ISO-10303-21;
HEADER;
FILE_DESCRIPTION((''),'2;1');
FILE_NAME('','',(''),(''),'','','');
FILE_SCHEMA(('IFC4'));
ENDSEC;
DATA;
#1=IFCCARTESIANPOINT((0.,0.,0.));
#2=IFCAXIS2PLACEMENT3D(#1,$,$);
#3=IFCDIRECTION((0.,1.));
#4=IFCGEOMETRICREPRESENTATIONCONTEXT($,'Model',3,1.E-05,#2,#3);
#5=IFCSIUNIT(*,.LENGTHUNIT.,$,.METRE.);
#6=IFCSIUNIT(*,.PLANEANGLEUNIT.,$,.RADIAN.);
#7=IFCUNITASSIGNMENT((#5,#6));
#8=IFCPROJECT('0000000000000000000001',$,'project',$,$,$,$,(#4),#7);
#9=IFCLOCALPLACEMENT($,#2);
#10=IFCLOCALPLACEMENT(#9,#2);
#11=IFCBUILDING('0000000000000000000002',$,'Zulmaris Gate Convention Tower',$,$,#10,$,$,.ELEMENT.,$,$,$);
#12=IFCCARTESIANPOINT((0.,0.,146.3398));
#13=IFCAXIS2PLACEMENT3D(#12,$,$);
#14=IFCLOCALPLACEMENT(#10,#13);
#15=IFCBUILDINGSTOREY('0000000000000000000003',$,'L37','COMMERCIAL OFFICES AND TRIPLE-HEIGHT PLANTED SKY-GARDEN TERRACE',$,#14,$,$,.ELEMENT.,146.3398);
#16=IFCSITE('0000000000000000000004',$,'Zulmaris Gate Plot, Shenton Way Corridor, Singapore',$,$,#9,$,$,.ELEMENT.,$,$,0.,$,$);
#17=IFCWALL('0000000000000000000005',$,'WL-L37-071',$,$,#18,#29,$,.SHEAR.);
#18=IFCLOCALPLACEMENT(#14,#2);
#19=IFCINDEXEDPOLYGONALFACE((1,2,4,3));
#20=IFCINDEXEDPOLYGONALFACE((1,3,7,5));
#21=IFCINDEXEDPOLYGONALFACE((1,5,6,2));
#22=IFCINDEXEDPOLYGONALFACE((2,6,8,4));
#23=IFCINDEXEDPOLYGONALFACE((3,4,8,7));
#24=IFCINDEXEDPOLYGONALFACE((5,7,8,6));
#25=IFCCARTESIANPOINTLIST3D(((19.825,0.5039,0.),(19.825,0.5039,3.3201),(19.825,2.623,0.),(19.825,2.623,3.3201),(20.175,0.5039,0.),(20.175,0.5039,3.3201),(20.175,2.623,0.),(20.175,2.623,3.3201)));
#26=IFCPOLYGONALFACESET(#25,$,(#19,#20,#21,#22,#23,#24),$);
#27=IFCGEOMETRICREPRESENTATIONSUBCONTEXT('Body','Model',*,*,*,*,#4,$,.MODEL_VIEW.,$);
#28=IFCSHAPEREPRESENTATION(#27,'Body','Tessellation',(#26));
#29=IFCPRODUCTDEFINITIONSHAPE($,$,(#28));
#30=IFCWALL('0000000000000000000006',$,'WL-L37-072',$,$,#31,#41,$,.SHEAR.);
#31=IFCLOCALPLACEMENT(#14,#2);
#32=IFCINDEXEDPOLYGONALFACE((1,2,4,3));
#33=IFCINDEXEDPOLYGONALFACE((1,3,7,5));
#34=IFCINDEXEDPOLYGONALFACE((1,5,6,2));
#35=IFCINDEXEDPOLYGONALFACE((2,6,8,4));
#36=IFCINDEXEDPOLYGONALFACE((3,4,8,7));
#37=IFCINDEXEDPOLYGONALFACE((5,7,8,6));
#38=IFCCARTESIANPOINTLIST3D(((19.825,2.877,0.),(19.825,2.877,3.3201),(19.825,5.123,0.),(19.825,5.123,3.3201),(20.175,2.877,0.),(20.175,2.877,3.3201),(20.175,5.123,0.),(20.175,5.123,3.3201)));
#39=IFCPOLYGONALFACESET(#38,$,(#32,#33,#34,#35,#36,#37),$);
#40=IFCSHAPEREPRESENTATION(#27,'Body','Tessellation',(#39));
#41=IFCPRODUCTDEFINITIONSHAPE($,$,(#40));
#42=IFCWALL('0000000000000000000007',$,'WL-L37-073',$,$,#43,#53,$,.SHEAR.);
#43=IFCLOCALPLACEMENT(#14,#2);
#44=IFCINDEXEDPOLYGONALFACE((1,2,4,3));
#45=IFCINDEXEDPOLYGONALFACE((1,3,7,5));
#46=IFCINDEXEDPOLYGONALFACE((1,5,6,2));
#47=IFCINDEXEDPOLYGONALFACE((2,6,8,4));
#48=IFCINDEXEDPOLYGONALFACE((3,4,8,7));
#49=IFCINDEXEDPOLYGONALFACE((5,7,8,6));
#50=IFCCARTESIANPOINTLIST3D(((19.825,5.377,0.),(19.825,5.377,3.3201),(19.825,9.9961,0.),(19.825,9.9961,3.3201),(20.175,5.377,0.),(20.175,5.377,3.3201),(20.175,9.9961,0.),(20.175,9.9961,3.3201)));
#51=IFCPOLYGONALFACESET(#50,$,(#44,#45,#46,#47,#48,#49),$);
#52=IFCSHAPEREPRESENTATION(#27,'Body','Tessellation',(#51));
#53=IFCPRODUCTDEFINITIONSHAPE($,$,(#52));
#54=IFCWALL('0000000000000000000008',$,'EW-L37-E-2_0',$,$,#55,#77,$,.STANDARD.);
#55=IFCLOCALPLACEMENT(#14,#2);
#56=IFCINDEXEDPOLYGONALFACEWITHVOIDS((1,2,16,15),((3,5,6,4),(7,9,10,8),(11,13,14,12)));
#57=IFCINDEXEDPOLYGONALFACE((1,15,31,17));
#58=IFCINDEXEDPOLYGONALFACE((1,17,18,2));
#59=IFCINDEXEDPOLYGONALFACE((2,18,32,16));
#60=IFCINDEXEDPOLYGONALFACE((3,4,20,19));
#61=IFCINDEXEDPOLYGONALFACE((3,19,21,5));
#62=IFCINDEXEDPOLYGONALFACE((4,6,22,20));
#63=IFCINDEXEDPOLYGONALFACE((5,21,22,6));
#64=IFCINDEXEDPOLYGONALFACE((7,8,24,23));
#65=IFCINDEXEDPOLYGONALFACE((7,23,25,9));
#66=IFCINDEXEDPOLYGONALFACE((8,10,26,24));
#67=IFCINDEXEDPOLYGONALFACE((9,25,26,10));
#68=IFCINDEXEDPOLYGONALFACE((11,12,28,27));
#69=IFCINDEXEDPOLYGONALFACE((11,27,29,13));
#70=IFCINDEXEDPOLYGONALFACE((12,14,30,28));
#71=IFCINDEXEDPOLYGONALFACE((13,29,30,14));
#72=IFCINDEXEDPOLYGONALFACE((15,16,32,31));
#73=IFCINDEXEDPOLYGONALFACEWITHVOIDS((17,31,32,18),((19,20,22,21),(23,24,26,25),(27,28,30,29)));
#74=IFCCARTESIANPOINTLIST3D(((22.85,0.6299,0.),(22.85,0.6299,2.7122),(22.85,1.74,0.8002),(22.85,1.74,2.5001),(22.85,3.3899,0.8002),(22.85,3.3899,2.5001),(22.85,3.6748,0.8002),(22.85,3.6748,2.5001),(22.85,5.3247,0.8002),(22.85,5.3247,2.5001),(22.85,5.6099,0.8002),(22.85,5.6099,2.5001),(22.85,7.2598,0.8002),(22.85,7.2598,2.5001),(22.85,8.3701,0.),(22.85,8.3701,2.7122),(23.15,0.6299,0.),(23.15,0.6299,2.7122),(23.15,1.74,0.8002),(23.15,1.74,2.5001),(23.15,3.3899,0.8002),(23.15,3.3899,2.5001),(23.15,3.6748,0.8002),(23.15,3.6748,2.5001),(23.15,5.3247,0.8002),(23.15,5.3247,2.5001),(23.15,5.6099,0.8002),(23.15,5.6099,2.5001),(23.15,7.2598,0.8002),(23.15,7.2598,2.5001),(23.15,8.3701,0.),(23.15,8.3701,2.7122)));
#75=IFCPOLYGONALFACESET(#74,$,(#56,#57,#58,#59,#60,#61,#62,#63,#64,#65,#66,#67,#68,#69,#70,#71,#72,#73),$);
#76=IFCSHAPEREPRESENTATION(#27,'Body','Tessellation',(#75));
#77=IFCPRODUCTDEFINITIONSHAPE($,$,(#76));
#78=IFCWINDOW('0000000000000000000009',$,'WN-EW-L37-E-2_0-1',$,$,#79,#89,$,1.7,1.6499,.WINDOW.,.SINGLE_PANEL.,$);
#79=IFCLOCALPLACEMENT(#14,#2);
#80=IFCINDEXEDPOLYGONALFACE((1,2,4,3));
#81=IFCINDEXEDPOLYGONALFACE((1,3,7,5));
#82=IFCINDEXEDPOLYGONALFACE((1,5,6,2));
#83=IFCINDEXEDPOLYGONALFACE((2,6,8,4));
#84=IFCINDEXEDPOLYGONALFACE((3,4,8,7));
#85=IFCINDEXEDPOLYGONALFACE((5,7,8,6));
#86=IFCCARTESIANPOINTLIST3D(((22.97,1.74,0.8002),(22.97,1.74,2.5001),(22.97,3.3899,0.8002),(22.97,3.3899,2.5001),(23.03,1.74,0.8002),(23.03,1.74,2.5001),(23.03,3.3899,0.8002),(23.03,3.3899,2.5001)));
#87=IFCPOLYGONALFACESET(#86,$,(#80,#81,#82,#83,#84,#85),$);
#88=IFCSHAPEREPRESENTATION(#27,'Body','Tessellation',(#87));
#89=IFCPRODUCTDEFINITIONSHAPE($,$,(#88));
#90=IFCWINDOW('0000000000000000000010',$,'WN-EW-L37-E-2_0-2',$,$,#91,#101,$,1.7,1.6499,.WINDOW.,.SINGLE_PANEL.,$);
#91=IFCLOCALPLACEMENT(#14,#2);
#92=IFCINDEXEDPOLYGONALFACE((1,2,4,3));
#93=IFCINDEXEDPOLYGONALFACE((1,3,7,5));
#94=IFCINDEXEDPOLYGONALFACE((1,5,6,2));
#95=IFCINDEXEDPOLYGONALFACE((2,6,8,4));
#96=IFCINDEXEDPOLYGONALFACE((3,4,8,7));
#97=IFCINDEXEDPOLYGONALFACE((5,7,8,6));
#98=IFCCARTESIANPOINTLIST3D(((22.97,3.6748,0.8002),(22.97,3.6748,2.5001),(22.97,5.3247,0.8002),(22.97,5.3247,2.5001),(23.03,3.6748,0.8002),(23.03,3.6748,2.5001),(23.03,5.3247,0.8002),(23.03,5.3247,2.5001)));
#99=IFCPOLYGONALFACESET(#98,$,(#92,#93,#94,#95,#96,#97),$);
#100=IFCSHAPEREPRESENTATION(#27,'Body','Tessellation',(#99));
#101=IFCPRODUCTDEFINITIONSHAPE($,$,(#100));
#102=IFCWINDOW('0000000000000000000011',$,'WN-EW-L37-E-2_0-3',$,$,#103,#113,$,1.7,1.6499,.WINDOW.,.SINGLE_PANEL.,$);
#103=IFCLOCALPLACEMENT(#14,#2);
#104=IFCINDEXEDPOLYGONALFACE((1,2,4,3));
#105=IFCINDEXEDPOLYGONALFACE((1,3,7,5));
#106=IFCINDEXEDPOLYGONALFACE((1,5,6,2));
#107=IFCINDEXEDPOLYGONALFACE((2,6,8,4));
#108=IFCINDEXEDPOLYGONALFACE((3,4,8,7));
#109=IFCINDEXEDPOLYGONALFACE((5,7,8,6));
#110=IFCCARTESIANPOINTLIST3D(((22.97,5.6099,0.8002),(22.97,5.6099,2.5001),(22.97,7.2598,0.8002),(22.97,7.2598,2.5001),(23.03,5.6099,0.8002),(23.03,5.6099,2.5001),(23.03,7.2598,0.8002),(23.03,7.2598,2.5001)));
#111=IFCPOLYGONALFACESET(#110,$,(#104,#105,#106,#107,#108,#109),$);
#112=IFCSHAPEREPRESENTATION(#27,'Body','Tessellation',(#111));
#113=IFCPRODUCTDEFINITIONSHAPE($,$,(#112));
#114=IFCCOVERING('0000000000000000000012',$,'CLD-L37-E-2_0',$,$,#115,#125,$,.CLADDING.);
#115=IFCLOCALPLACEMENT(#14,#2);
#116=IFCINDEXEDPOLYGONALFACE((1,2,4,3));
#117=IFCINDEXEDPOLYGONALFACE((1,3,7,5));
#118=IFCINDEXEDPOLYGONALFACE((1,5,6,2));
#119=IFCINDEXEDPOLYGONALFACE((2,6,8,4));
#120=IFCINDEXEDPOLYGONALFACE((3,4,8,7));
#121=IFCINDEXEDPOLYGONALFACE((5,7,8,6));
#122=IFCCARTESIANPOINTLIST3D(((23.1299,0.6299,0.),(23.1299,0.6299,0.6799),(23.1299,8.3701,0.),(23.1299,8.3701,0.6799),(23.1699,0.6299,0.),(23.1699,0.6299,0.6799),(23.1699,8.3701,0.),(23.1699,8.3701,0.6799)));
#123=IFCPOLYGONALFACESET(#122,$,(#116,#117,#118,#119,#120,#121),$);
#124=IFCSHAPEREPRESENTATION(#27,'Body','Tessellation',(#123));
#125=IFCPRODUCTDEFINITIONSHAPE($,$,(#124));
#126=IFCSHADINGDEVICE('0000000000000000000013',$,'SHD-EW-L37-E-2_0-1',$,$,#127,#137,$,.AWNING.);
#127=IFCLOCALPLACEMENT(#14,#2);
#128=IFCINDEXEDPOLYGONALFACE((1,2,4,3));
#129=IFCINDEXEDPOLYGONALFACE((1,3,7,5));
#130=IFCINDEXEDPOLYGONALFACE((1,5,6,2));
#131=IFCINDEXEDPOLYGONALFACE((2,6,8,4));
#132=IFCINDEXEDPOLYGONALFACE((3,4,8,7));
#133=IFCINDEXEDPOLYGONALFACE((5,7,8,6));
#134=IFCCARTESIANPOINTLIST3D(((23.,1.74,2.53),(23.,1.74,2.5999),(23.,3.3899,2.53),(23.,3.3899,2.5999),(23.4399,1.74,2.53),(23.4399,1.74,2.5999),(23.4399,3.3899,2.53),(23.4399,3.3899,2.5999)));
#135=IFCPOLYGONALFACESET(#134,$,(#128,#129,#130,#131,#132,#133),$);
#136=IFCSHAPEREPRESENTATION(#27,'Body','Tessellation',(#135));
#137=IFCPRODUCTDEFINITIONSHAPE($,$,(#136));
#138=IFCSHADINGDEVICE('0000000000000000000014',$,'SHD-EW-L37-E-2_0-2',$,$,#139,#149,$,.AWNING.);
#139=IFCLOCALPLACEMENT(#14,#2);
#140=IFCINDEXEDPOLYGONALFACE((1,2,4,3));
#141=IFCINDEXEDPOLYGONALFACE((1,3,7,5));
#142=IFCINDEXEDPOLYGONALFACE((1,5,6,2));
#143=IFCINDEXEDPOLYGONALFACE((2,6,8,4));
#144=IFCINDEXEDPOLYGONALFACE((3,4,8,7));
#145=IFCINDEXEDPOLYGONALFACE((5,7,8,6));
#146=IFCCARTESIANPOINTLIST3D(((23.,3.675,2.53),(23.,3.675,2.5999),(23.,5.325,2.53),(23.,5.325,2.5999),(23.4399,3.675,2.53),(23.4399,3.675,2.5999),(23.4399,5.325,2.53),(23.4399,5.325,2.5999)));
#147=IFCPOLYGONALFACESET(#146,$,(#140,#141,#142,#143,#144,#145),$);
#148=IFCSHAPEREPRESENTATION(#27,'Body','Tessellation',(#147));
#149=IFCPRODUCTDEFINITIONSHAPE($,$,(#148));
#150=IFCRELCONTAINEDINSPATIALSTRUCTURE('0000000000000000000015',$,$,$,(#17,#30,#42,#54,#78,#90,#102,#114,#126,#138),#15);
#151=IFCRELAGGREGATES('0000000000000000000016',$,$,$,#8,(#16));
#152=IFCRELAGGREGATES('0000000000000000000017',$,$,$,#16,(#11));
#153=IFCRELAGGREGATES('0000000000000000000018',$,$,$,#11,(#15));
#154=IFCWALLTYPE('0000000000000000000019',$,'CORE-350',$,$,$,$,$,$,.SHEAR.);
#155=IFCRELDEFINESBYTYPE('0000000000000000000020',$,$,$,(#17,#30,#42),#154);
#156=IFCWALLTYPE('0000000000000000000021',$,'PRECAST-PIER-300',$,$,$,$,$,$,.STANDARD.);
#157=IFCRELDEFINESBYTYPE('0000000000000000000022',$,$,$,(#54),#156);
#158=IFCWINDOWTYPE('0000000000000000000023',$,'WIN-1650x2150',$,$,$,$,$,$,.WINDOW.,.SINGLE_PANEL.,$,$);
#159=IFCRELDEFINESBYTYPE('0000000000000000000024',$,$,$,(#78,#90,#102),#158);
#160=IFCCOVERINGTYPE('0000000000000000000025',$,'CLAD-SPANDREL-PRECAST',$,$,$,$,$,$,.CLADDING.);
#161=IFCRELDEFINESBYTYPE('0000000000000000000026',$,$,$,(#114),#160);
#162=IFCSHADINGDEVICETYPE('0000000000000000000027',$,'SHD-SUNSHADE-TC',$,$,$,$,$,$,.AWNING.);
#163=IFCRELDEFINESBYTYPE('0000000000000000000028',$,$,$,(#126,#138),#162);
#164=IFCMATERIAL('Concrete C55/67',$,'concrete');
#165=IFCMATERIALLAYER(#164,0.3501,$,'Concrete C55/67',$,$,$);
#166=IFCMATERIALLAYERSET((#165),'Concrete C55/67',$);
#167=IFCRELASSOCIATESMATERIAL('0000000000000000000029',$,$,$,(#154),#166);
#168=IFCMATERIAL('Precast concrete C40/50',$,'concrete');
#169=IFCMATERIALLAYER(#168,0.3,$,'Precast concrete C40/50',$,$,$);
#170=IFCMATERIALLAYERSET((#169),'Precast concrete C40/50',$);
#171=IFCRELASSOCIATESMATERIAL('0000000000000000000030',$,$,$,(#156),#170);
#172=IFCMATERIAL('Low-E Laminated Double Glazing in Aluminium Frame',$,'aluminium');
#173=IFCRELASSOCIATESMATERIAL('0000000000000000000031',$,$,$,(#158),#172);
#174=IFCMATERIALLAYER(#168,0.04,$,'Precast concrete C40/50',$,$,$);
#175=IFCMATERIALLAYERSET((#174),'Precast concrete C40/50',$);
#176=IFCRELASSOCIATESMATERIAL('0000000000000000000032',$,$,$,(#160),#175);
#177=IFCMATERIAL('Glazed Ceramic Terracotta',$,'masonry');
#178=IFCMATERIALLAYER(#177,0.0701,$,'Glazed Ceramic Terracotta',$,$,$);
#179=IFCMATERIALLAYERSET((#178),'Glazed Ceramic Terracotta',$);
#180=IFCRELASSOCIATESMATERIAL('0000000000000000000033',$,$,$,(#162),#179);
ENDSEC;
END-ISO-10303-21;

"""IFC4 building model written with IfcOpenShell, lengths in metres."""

from ifc_helpers import new_model, si_unit, direction, frame, frame_2d, origin, place, context, subcontext, project, spatial, rectangle, extrude, material, layer, layer_set, type_object, element, fill, save


model = new_model("IFC4")

# Units and contexts
model_context = context("Model", 3, precision=1e-05, world=origin(), true_north=direction((0.0, 1.0)))
body_context = subcontext(model_context, "Body", "Model", "MODEL_VIEW")
ifc_project = project(units=[si_unit("LENGTHUNIT", "METRE"), si_unit("PLANEANGLEUNIT", "RADIAN")], contexts=[model_context])

# Site, building, storey
site_placement = place(None, origin())
site = spatial("IfcSite", under=ifc_project, at=site_placement, Name="Zulmaris Gate Plot, Shenton Way Corridor, Singapore", CompositionType="ELEMENT", RefElevation=0.0)
building_placement = place(site_placement, origin())
building = spatial("IfcBuilding", under=site, at=building_placement, Name="Zulmaris Gate Convention Tower", CompositionType="ELEMENT")
storey_placement = place(building_placement, frame((0.0, 0.0, 146.3398)))
storey = spatial("IfcBuildingStorey", under=building, at=storey_placement, Name="L37", Description="COMMERCIAL OFFICES AND TRIPLE-HEIGHT PLANTED SKY-GARDEN TERRACE", CompositionType="ELEMENT", Elevation=146.3398)

# Walls
ifc_material_1 = material(Name="Concrete C55/67", Category="concrete")
ifc_layer_1 = layer(ifc_material_1, 0.3501, Name="Concrete C55/67")
ifc_layer_set_1 = layer_set([ifc_layer_1], Name="Concrete C55/67")
wall_type_1 = type_object("IfcWallType", Name="CORE-350", PredefinedType="SHEAR", material=ifc_layer_set_1)
wall_1_placement = place(storey_placement, frame((20.0, 0.5039, 0.0), z_axis=(0.0, 0.0, 1.0), x_axis=(0.0, 1.0, 0.0)))
element("IfcWall", 1, at=wall_1_placement, inside=storey, type_object=wall_type_1, Name="WL-L37-071", PredefinedType="SHEAR", context=body_context, shape_type="SweptSolid", body=[
    extrude(rectangle(XDim=2.1191, YDim=0.3501, at=frame_2d((1.0596, 0.0))), origin(), (0.0, 0.0, 1.0), 3.3201),
])
wall_2_placement = place(storey_placement, frame((20.0, 2.877, 0.0), z_axis=(0.0, 0.0, 1.0), x_axis=(0.0, 1.0, 0.0)))
element("IfcWall", 2, at=wall_2_placement, inside=storey, type_object=wall_type_1, Name="WL-L37-072", PredefinedType="SHEAR", context=body_context, shape_type="SweptSolid", body=[
    extrude(rectangle(XDim=2.2461, YDim=0.3501, at=frame_2d((1.123, 0.0))), origin(), (0.0, 0.0, 1.0), 3.3201),
])
wall_3_placement = place(storey_placement, frame((20.0, 5.377, 0.0), z_axis=(0.0, 0.0, 1.0), x_axis=(0.0, 1.0, 0.0)))
element("IfcWall", 3, at=wall_3_placement, inside=storey, type_object=wall_type_1, Name="WL-L37-073", PredefinedType="SHEAR", context=body_context, shape_type="SweptSolid", body=[
    extrude(rectangle(XDim=4.6191, YDim=0.3501, at=frame_2d((2.3096, 0.0))), origin(), (0.0, 0.0, 1.0), 3.3201),
])

# Wall, openings, windows
ifc_material_2 = material(Name="Precast concrete C40/50", Category="concrete")
ifc_layer_2 = layer(ifc_material_2, 0.3, Name="Precast concrete C40/50")
ifc_layer_set_2 = layer_set([ifc_layer_2], Name="Precast concrete C40/50")
wall_type_2 = type_object("IfcWallType", Name="PRECAST-PIER-300", PredefinedType="STANDARD", material=ifc_layer_set_2)
wall_4_placement = place(storey_placement, frame((23.0, 0.6299, 0.0), z_axis=(0.0, 0.0, 1.0), x_axis=(0.0, 1.0, 0.0)))
wall_4 = element("IfcWall", 4, at=wall_4_placement, inside=storey, type_object=wall_type_2, Name="EW-L37-E-2_0", PredefinedType="STANDARD", context=body_context, shape_type="SweptSolid", body=[
    extrude(rectangle(XDim=7.7402, YDim=0.3, at=frame_2d((3.8701, 0.0))), origin(), (0.0, 0.0, 1.0), 2.7122),
])
opening_1_placement = place(wall_4_placement, frame((1.1101, 0.0, 0.8)))
opening_1 = element("IfcOpeningElement", 5, at=opening_1_placement, cuts=wall_4, PredefinedType="OPENING", context=body_context, shape_type="SweptSolid", body=[
    extrude(rectangle(XDim=1.6499, YDim=1.7, at=frame_2d((0.825, 0.8501))), frame((0.0, 0.1602, 0.0), z_axis=(0.0, -1.0, 0.0), x_axis=(1.0, 0.0, 0.0)), (0.0, 0.0, 1.0), 0.3201),
])
opening_2_placement = place(wall_4_placement, frame((3.0449, 0.0, 0.8)))
opening_2 = element("IfcOpeningElement", 6, at=opening_2_placement, cuts=wall_4, PredefinedType="OPENING", context=body_context, shape_type="SweptSolid", body=[
    extrude(rectangle(XDim=1.6499, YDim=1.7, at=frame_2d((0.825, 0.8501))), frame((0.0, 0.1602, 0.0), z_axis=(0.0, -1.0, 0.0), x_axis=(1.0, 0.0, 0.0)), (0.0, 0.0, 1.0), 0.3201),
])
opening_3_placement = place(wall_4_placement, frame((4.98, 0.0, 0.8)))
opening_3 = element("IfcOpeningElement", 7, at=opening_3_placement, cuts=wall_4, PredefinedType="OPENING", context=body_context, shape_type="SweptSolid", body=[
    extrude(rectangle(XDim=1.6499, YDim=1.7, at=frame_2d((0.825, 0.8501))), frame((0.0, 0.1602, 0.0), z_axis=(0.0, -1.0, 0.0), x_axis=(1.0, 0.0, 0.0)), (0.0, 0.0, 1.0), 0.3201),
])
ifc_material_3 = material(Name="Low-E Laminated Double Glazing in Aluminium Frame", Category="aluminium")
window_type = type_object("IfcWindowType", Name="WIN-1650x2150", PartitioningType="SINGLE_PANEL", PredefinedType="WINDOW", material=ifc_material_3)
window_1_placement = place(opening_1_placement, origin())
window_1 = element("IfcWindow", 8, at=window_1_placement, inside=storey, type_object=window_type, Name="WN-EW-L37-E-2_0-1", OverallHeight=1.7, OverallWidth=1.6499, PartitioningType="SINGLE_PANEL", PredefinedType="WINDOW", context=body_context, shape_type="SweptSolid", body=[
    extrude(rectangle(XDim=1.6499, YDim=1.7, at=frame_2d((0.825, 0.8501))), frame((0.0, 0.03, 0.0), z_axis=(0.0, -1.0, 0.0), x_axis=(1.0, 0.0, 0.0)), (0.0, 0.0, 1.0), 0.0601),
])
fill(opening_1, window_1)
window_2_placement = place(opening_2_placement, origin())
window_2 = element("IfcWindow", 9, at=window_2_placement, inside=storey, type_object=window_type, Name="WN-EW-L37-E-2_0-2", OverallHeight=1.7, OverallWidth=1.6499, PartitioningType="SINGLE_PANEL", PredefinedType="WINDOW", context=body_context, shape_type="SweptSolid", body=[
    extrude(rectangle(XDim=1.6499, YDim=1.7, at=frame_2d((0.825, 0.8501))), frame((0.0, 0.03, 0.0), z_axis=(0.0, -1.0, 0.0), x_axis=(1.0, 0.0, 0.0)), (0.0, 0.0, 1.0), 0.0601),
])
fill(opening_2, window_2)
window_3_placement = place(opening_3_placement, origin())
window_3 = element("IfcWindow", 10, at=window_3_placement, inside=storey, type_object=window_type, Name="WN-EW-L37-E-2_0-3", OverallHeight=1.7, OverallWidth=1.6499, PartitioningType="SINGLE_PANEL", PredefinedType="WINDOW", context=body_context, shape_type="SweptSolid", body=[
    extrude(rectangle(XDim=1.6499, YDim=1.7, at=frame_2d((0.825, 0.8501))), frame((0.0, 0.03, 0.0), z_axis=(0.0, -1.0, 0.0), x_axis=(1.0, 0.0, 0.0)), (0.0, 0.0, 1.0), 0.0601),
])
fill(opening_3, window_3)

# Covering
ifc_layer_3 = layer(ifc_material_2, 0.04, Name="Precast concrete C40/50")
ifc_layer_set_3 = layer_set([ifc_layer_3], Name="Precast concrete C40/50")
covering_type = type_object("IfcCoveringType", Name="CLAD-SPANDREL-PRECAST", PredefinedType="CLADDING", material=ifc_layer_set_3)
covering_placement = place(storey_placement, frame((23.1499, 0.6299, 0.0), z_axis=(0.0, 0.0, 1.0), x_axis=(0.0, 1.0, 0.0)))
element("IfcCovering", 11, at=covering_placement, inside=storey, type_object=covering_type, Name="CLD-L37-E-2_0", PredefinedType="CLADDING", context=body_context, shape_type="SweptSolid", body=[
    extrude(rectangle(XDim=7.7402, YDim=0.04, at=frame_2d((3.8701, 0.0))), origin(), (0.0, 0.0, 1.0), 0.6799),
])

# Shading devices
ifc_material_4 = material(Name="Glazed Ceramic Terracotta", Category="masonry")
ifc_layer_4 = layer(ifc_material_4, 0.0701, Name="Glazed Ceramic Terracotta")
ifc_layer_set_4 = layer_set([ifc_layer_4], Name="Glazed Ceramic Terracotta")
shading_device_type = type_object("IfcShadingDeviceType", Name="SHD-SUNSHADE-TC", PredefinedType="AWNING", material=ifc_layer_set_4)
for number, where, z_axis, x_axis, name in (
    (12, (23.22, 1.74, 2.53), (0.0, 0.0, 1.0), (0.0, 1.0, 0.0), "SHD-EW-L37-E-2_0-1"),
    (13, (23.22, 3.675, 2.53), (0.0, 0.0, 1.0), (0.0, 1.0, 0.0), "SHD-EW-L37-E-2_0-2"),
):
    element("IfcShadingDevice", number, at=place(storey_placement, frame(where, z_axis=z_axis, x_axis=x_axis)), inside=storey, type_object=shading_device_type, Name=name, PredefinedType="AWNING", context=body_context, shape_type="SweptSolid", body=[
        extrude(rectangle(XDim=1.6499, YDim=0.4399, at=frame_2d((0.825, 0.0))), origin(), (0.0, 0.0, 1.0), 0.0698),
    ])

save(model, "model.ifc")
